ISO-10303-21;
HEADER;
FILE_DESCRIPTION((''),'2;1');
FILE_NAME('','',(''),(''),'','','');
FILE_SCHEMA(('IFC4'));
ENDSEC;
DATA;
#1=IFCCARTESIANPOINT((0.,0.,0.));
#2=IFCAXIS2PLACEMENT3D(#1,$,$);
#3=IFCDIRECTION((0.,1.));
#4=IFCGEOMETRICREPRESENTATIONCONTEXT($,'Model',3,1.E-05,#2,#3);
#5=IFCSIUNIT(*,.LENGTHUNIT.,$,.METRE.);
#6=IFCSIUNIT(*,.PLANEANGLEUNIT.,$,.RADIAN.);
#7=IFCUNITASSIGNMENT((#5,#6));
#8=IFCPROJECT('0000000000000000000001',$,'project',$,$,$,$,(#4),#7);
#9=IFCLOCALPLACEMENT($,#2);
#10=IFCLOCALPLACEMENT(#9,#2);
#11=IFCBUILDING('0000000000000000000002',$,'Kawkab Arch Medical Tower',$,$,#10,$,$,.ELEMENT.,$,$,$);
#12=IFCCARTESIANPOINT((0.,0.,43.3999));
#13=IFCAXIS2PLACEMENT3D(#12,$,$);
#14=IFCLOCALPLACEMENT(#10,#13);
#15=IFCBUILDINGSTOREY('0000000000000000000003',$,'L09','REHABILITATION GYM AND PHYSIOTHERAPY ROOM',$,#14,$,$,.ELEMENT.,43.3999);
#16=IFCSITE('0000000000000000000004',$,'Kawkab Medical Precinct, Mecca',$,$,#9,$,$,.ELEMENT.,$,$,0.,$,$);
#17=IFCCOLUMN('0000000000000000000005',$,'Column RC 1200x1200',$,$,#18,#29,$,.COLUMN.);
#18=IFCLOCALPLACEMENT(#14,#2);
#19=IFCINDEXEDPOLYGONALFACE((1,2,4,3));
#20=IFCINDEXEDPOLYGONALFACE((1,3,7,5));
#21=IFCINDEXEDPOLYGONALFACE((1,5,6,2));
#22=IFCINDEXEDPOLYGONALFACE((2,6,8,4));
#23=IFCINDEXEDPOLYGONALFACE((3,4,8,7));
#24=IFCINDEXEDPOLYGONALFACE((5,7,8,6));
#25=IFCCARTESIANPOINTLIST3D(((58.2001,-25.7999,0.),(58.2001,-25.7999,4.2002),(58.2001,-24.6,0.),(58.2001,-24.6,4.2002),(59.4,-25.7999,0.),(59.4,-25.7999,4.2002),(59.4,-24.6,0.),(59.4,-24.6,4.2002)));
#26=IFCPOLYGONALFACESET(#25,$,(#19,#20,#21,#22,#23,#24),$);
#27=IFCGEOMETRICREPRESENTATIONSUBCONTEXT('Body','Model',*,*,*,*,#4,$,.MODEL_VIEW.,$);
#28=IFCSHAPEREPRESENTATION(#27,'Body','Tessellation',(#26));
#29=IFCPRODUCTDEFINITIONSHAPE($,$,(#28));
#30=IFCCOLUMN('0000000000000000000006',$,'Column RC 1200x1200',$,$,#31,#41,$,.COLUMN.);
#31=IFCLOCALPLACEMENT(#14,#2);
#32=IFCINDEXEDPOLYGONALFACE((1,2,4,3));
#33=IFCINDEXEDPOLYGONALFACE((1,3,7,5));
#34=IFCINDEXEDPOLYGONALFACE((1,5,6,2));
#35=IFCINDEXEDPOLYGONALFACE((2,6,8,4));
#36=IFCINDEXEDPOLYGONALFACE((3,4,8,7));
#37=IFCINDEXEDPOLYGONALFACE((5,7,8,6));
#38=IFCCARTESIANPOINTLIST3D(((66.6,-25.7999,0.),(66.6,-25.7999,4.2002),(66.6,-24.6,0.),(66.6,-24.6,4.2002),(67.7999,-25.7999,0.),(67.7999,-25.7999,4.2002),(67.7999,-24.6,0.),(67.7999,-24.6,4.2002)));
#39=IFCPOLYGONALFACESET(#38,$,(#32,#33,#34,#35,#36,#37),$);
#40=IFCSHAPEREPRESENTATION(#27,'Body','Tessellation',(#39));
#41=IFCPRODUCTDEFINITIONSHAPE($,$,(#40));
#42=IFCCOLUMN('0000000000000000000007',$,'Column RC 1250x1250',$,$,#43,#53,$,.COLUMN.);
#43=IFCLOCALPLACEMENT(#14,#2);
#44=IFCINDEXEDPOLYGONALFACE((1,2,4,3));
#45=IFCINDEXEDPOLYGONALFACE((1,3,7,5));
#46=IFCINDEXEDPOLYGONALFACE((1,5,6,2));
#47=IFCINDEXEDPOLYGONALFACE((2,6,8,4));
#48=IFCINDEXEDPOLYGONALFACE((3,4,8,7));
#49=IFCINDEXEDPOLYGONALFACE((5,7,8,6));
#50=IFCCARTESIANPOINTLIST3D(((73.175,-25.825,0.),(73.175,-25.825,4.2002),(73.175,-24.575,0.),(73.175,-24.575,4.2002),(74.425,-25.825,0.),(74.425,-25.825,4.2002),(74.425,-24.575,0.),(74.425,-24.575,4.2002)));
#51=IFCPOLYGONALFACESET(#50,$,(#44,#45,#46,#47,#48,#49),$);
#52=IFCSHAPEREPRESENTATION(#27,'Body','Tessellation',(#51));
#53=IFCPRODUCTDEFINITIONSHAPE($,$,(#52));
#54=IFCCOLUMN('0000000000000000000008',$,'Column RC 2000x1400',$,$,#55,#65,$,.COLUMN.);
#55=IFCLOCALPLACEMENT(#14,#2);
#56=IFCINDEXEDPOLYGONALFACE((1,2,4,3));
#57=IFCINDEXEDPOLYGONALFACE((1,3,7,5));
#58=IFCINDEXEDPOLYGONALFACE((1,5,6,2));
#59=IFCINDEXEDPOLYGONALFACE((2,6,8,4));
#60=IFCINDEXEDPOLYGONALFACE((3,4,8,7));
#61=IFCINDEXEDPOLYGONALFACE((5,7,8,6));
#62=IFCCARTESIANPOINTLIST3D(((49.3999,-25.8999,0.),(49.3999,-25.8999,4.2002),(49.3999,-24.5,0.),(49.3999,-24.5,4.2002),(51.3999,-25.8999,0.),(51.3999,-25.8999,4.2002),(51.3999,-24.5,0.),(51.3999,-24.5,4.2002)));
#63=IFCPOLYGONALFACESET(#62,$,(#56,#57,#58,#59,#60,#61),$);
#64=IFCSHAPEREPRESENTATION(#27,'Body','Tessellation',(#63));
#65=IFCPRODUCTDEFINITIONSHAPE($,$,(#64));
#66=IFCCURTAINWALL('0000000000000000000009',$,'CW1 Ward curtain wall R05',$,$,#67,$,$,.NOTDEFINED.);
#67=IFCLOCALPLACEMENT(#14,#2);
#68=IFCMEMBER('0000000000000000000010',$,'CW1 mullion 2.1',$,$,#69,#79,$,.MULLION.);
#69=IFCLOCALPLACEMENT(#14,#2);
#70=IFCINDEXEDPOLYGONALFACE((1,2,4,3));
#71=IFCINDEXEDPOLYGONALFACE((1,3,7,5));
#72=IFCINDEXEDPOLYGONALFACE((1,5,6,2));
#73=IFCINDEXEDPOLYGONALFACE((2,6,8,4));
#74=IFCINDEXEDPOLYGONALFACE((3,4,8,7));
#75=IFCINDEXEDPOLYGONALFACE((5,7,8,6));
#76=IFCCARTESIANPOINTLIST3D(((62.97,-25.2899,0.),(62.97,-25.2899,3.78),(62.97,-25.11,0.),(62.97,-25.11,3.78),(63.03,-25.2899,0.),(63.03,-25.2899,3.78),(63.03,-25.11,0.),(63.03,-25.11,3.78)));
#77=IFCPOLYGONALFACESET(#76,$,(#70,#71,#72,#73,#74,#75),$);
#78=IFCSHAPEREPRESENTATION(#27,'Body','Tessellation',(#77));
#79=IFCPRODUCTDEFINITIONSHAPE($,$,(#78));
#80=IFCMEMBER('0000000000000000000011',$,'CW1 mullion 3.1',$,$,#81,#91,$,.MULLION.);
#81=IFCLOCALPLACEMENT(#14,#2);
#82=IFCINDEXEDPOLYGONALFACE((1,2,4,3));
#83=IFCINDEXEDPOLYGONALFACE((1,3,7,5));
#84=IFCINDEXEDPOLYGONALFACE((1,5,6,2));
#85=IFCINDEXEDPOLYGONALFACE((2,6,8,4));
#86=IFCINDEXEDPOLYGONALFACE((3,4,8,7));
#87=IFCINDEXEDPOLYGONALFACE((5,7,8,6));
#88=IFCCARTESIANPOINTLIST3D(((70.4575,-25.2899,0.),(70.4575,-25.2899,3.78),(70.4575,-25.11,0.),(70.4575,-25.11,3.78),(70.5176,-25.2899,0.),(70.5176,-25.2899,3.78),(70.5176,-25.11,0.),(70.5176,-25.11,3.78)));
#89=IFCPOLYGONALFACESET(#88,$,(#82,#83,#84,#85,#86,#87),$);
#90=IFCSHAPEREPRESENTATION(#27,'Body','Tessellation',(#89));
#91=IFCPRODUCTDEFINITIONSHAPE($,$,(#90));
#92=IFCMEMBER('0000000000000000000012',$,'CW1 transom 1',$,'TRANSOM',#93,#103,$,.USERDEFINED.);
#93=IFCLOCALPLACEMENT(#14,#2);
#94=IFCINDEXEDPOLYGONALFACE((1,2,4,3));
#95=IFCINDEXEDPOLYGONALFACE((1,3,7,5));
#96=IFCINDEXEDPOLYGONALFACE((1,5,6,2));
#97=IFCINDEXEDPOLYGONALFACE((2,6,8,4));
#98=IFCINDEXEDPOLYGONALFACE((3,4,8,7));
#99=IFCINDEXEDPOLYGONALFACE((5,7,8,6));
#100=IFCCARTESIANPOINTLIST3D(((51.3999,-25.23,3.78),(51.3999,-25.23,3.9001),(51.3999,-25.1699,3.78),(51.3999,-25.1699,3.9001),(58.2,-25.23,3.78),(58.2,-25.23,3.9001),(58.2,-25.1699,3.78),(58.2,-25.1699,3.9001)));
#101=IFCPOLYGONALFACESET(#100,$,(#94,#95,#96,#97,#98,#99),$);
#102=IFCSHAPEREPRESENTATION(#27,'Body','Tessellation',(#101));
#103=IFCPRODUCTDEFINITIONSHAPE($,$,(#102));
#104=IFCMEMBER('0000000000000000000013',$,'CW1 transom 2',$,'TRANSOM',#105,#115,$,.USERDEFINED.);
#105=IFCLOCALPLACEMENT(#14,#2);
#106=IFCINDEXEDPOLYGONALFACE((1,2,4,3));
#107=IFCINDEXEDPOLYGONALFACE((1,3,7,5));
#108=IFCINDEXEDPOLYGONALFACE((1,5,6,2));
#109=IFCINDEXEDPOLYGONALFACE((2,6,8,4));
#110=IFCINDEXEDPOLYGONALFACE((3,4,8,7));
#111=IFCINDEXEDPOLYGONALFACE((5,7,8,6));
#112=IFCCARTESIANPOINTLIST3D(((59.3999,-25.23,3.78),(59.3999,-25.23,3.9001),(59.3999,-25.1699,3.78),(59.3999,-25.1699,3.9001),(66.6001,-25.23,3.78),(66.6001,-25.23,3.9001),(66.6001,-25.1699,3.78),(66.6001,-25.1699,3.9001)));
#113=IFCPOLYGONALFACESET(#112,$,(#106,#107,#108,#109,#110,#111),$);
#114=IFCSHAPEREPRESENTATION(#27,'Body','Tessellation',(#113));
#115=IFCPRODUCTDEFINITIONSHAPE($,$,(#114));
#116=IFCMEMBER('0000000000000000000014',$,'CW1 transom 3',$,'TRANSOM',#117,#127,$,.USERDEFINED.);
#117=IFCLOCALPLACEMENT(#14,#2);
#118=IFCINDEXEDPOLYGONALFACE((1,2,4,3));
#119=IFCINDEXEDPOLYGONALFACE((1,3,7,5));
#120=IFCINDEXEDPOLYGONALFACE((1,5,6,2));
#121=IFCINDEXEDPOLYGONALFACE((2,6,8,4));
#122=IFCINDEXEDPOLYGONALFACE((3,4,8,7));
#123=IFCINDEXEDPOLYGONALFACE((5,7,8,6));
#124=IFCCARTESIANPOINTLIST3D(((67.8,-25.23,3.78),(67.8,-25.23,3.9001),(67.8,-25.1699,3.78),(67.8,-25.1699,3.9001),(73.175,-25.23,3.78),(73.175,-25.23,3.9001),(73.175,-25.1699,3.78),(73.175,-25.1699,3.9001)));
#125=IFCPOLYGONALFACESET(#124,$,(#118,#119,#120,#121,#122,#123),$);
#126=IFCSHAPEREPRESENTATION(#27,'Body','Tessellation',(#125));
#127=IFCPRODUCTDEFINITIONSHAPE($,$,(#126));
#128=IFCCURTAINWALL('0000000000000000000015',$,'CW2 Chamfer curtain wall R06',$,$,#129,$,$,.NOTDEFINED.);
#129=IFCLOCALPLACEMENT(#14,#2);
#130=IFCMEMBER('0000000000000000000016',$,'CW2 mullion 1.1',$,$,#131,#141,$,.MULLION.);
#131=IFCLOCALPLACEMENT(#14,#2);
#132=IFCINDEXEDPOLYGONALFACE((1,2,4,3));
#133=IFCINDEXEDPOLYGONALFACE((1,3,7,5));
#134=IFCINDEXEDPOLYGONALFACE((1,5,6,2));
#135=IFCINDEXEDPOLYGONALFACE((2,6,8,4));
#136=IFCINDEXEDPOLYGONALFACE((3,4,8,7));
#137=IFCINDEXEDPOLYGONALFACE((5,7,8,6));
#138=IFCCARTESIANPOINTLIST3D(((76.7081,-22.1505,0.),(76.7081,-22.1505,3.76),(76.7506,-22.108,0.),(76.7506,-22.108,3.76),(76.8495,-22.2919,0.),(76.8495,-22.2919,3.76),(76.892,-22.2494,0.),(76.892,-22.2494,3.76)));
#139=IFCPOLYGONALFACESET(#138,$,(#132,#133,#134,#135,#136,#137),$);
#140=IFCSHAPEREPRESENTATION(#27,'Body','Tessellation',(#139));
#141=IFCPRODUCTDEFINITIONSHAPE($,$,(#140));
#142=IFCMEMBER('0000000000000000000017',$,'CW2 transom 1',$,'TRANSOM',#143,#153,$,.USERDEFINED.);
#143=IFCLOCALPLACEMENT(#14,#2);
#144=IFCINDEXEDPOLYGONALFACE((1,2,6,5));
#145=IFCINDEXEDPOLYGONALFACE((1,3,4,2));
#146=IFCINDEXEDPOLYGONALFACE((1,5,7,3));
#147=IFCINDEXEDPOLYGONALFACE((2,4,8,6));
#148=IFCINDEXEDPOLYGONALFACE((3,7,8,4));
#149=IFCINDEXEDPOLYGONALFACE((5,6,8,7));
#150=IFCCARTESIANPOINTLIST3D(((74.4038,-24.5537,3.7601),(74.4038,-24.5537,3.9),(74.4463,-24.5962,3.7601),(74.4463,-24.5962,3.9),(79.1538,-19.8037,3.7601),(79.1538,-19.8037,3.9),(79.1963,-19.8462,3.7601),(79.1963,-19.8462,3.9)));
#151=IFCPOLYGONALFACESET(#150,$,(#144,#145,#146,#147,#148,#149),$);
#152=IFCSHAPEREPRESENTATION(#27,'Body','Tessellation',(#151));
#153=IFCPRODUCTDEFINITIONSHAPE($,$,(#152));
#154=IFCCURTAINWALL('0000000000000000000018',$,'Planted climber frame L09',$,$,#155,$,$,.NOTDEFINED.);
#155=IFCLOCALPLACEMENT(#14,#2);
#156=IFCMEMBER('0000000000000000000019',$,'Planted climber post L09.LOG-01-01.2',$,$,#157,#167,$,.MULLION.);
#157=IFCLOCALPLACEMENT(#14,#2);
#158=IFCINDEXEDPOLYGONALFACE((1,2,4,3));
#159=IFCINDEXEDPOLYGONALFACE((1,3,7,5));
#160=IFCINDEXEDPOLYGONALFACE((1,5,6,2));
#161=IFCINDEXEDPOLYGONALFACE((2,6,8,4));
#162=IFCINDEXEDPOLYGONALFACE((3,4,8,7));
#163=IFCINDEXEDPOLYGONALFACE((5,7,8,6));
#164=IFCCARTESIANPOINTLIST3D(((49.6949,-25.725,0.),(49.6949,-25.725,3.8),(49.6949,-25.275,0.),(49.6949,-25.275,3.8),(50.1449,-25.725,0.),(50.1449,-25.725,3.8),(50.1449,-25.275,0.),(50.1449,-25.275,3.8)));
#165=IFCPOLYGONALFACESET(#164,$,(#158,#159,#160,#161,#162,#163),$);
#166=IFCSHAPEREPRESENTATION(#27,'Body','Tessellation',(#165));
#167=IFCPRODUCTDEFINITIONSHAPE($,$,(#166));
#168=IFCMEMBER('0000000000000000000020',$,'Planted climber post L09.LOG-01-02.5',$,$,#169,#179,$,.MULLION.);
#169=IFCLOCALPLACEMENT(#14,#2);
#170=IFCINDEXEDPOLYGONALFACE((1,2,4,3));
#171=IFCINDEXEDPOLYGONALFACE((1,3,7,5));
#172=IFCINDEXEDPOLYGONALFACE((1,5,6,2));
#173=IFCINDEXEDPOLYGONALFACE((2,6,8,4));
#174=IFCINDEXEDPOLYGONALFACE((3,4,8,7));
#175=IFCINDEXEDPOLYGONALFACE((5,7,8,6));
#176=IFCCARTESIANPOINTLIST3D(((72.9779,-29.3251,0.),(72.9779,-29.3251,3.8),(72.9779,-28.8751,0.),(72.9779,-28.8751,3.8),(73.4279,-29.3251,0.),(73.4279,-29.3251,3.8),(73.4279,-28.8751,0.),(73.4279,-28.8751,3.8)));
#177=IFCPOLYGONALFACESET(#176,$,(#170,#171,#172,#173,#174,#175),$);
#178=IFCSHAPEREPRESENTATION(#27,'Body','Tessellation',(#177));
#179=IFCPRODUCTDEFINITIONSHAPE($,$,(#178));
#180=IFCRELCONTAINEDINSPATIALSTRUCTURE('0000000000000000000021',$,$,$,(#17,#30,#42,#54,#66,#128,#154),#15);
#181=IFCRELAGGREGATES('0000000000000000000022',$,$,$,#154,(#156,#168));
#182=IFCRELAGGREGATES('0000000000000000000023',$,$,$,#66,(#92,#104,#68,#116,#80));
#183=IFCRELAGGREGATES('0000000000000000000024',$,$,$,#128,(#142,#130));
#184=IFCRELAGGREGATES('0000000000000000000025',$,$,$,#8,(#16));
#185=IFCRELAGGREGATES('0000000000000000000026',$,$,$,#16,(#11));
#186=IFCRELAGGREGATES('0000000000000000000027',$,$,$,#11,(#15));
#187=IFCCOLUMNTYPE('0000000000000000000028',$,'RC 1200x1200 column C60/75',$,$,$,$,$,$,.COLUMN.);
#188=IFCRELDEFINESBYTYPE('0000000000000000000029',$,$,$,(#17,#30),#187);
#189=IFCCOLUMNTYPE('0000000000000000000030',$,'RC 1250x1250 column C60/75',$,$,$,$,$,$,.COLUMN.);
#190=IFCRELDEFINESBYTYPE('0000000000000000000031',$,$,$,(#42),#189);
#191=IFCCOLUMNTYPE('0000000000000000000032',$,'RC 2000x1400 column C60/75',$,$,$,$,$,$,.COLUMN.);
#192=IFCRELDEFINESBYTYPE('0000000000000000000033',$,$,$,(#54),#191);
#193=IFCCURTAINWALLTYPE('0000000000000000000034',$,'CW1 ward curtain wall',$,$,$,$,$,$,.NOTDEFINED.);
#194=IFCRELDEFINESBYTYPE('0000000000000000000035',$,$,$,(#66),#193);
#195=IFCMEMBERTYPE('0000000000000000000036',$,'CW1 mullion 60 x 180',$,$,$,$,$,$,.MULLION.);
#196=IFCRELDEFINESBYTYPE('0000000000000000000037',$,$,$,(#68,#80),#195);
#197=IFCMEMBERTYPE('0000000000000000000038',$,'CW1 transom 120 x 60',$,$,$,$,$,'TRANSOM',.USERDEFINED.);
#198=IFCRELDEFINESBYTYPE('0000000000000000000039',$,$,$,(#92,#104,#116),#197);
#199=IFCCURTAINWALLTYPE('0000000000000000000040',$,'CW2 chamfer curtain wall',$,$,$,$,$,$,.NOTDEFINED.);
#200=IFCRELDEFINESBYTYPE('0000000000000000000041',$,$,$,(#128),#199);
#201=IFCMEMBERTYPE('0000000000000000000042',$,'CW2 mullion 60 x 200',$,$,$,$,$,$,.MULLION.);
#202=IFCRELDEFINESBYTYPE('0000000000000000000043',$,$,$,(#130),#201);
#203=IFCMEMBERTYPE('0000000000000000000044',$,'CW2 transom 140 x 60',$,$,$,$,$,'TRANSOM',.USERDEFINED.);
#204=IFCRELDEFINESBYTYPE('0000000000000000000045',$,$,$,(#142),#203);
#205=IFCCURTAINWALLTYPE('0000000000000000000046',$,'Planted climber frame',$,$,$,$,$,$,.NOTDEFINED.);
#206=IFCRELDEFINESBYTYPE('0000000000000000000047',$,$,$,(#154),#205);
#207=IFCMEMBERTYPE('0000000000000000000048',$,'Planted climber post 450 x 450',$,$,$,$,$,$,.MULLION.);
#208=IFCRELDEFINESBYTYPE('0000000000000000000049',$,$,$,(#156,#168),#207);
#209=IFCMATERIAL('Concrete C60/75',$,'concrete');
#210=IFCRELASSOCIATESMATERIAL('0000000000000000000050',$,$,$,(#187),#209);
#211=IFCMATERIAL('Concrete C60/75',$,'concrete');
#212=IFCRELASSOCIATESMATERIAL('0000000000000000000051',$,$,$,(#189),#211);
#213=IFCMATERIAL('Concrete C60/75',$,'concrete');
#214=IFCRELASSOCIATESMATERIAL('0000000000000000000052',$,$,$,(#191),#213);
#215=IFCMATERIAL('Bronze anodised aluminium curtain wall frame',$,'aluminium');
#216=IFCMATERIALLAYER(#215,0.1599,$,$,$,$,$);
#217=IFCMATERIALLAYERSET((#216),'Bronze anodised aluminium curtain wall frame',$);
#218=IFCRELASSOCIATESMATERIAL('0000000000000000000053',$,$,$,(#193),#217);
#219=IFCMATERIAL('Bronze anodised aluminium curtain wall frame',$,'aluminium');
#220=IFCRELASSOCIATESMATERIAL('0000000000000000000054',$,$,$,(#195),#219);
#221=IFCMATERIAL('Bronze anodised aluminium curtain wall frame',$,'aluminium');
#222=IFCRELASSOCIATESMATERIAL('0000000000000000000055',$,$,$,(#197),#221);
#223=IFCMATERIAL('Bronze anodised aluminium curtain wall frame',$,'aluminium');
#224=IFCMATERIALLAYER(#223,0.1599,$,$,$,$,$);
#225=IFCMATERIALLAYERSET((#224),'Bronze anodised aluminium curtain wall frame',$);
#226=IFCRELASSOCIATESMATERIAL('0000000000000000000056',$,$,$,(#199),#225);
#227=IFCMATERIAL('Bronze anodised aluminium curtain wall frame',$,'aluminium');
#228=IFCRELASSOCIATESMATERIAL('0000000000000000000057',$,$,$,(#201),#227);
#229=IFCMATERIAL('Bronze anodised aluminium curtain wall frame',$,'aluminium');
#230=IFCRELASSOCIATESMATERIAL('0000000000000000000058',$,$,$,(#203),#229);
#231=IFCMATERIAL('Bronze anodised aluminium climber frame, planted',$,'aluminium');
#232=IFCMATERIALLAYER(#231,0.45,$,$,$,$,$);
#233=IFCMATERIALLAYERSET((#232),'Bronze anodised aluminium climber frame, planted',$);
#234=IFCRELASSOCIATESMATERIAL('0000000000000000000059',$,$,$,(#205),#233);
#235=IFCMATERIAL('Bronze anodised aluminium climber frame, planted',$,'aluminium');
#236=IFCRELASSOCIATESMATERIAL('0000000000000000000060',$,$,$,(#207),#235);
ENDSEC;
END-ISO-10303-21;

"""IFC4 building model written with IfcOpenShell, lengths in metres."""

from ifc_helpers import new_model, si_unit, direction, frame, origin, origin_2d, place, context, subcontext, project, spatial, rectangle, extrude, material, layer, layer_set, material_profile, profile_set, type_object, element, aggregate, save


model = new_model("IFC4")

# Units and contexts
model_context = context("Model", 3, precision=1e-05, world=origin(), true_north=direction((0.0, 1.0)))
body_context = subcontext(model_context, "Body", "Model", "MODEL_VIEW")
ifc_project = project(units=[si_unit("LENGTHUNIT", "METRE"), si_unit("PLANEANGLEUNIT", "RADIAN")], contexts=[model_context])

# Site, building, storey
site_placement = place(None, origin())
site = spatial("IfcSite", under=ifc_project, at=site_placement, Name="Kawkab Medical Precinct, Mecca", CompositionType="ELEMENT", RefElevation=0.0)
building_placement = place(site_placement, origin())
building = spatial("IfcBuilding", under=site, at=building_placement, Name="Kawkab Arch Medical Tower", CompositionType="ELEMENT")
storey_placement = place(building_placement, frame((0.0, 0.0, 43.3999)))
storey = spatial("IfcBuildingStorey", under=building, at=storey_placement, Name="L09", Description="REHABILITATION GYM AND PHYSIOTHERAPY ROOM", CompositionType="ELEMENT", Elevation=43.3999)

# Columns
ifc_material_1 = material(Name="Concrete C60/75", Category="concrete")
ifc_material_profile_1 = material_profile(ifc_material_1, rectangle(XDim=1.2, YDim=1.2, at=origin_2d()), Name="RC 1200x1200")
ifc_profile_set_1 = profile_set([ifc_material_profile_1], Name="Concrete C60/75")
column_type_1 = type_object("IfcColumnType", Name="RC 1200x1200 column C60/75", PredefinedType="COLUMN", material=ifc_profile_set_1)
for number, where, z_axis, x_axis, name in (
    (1, (58.8, -25.2, 0.0), (0.0, 0.0, 1.0), (1.0, 0.0, 0.0), "Column RC 1200x1200"),
    (2, (67.2, -25.2, 0.0), (0.0, 0.0, 1.0), (1.0, 0.0, 0.0), "Column RC 1200x1200"),
):
    element("IfcColumn", number, at=place(storey_placement, frame(where, z_axis=z_axis, x_axis=x_axis)), inside=storey, type_object=column_type_1, Name=name, PredefinedType="COLUMN", context=body_context, shape_type="SweptSolid", body=[
        extrude(rectangle(XDim=1.2, YDim=1.2, at=origin_2d()), origin(), (0.0, 0.0, 1.0), 4.2002),
    ])
ifc_material_2 = material(Name="Concrete C60/75", Category="concrete")
ifc_material_profile_2 = material_profile(ifc_material_2, rectangle(XDim=1.25, YDim=1.25, at=origin_2d()), Name="RC 1250x1250")
ifc_profile_set_2 = profile_set([ifc_material_profile_2], Name="Concrete C60/75")
column_type_2 = type_object("IfcColumnType", Name="RC 1250x1250 column C60/75", PredefinedType="COLUMN", material=ifc_profile_set_2)
column_1_placement = place(storey_placement, frame((73.8, -25.2, 0.0), z_axis=(0.0, 0.0, 1.0), x_axis=(1.0, 0.0, 0.0)))
element("IfcColumn", 3, at=column_1_placement, inside=storey, type_object=column_type_2, Name="Column RC 1250x1250", PredefinedType="COLUMN", context=body_context, shape_type="SweptSolid", body=[
    extrude(rectangle(XDim=1.25, YDim=1.25, at=origin_2d()), origin(), (0.0, 0.0, 1.0), 4.2002),
])
ifc_material_3 = material(Name="Concrete C60/75", Category="concrete")
ifc_material_profile_3 = material_profile(ifc_material_3, rectangle(XDim=2.0, YDim=1.3999, at=origin_2d()), Name="RC 2000x1400")
ifc_profile_set_3 = profile_set([ifc_material_profile_3], Name="Concrete C60/75")
column_type_3 = type_object("IfcColumnType", Name="RC 2000x1400 column C60/75", PredefinedType="COLUMN", material=ifc_profile_set_3)
column_2_placement = place(storey_placement, frame((50.3999, -25.2, 0.0), z_axis=(0.0, 0.0, 1.0), x_axis=(-1.0, 0.0, 0.0)))
element("IfcColumn", 4, at=column_2_placement, inside=storey, type_object=column_type_3, Name="Column RC 2000x1400", PredefinedType="COLUMN", context=body_context, shape_type="SweptSolid", body=[
    extrude(rectangle(XDim=2.0, YDim=1.3999, at=origin_2d()), origin(), (0.0, 0.0, 1.0), 4.2002),
])

# Curtain walls, members
ifc_material_4 = material(Name="Bronze anodised aluminium curtain wall frame", Category="aluminium")
ifc_layer_1 = layer(ifc_material_4, 0.1599)
ifc_layer_set_1 = layer_set([ifc_layer_1], Name="Bronze anodised aluminium curtain wall frame")
curtain_wall_type_1 = type_object("IfcCurtainWallType", Name="CW1 ward curtain wall", PredefinedType="NOTDEFINED", material=ifc_layer_set_1)
placement = place(storey_placement, origin())
curtain_wall_1 = element("IfcCurtainWall", 5, at=placement, inside=storey, type_object=curtain_wall_type_1, Name="CW1 Ward curtain wall R05", PredefinedType="NOTDEFINED")
ifc_material_5 = material(Name="Bronze anodised aluminium curtain wall frame", Category="aluminium")
ifc_material_profile_4 = material_profile(ifc_material_5, rectangle(XDim=0.1799, YDim=0.0601, at=origin_2d()), Name="AL 60x180")
ifc_profile_set_4 = profile_set([ifc_material_profile_4], Name="Bronze anodised aluminium curtain wall frame")
member_type_1 = type_object("IfcMemberType", Name="CW1 mullion 60 x 180", PredefinedType="MULLION", material=ifc_profile_set_4)
member_1_placement = place(storey_placement, frame((63.0, -25.2, 0.0), z_axis=(0.0, 0.0, 1.0), x_axis=(0.0, 1.0, 0.0)))
member_1 = element("IfcMember", 6, at=member_1_placement, type_object=member_type_1, Name="CW1 mullion 2.1", PredefinedType="MULLION", context=body_context, shape_type="SweptSolid", body=[
    extrude(rectangle(XDim=0.1799, YDim=0.0601, at=origin_2d()), origin(), (0.0, 0.0, 1.0), 3.78),
])
member_2_placement = place(storey_placement, frame((70.4875, -25.2, 0.0), z_axis=(0.0, 0.0, 1.0), x_axis=(0.0, 1.0, 0.0)))
member_2 = element("IfcMember", 7, at=member_2_placement, type_object=member_type_1, Name="CW1 mullion 3.1", PredefinedType="MULLION", context=body_context, shape_type="SweptSolid", body=[
    extrude(rectangle(XDim=0.1799, YDim=0.0601, at=origin_2d()), origin(), (0.0, 0.0, 1.0), 3.78),
])
ifc_material_6 = material(Name="Bronze anodised aluminium curtain wall frame", Category="aluminium")
ifc_material_profile_5 = material_profile(ifc_material_6, rectangle(XDim=0.0601, YDim=0.1201, at=origin_2d()), Name="AL 60x120")
ifc_profile_set_5 = profile_set([ifc_material_profile_5], Name="Bronze anodised aluminium curtain wall frame")
member_type_2 = type_object("IfcMemberType", Name="CW1 transom 120 x 60", ElementType="TRANSOM", PredefinedType="USERDEFINED", material=ifc_profile_set_5)
member_3_placement = place(storey_placement, frame((51.3999, -25.2, 3.8401), z_axis=(1.0, 0.0, 0.0), x_axis=(0.0, 1.0, 0.0)))
member_3 = element("IfcMember", 8, at=member_3_placement, type_object=member_type_2, Name="CW1 transom 1", ObjectType="TRANSOM", PredefinedType="USERDEFINED", context=body_context, shape_type="SweptSolid", body=[
    extrude(rectangle(XDim=0.0601, YDim=0.1201, at=origin_2d()), origin(), (0.0, 0.0, 1.0), 6.8),
])
member_4_placement = place(storey_placement, frame((59.3999, -25.2, 3.8401), z_axis=(1.0, 0.0, 0.0), x_axis=(0.0, 1.0, 0.0)))
member_4 = element("IfcMember", 9, at=member_4_placement, type_object=member_type_2, Name="CW1 transom 2", ObjectType="TRANSOM", PredefinedType="USERDEFINED", context=body_context, shape_type="SweptSolid", body=[
    extrude(rectangle(XDim=0.0601, YDim=0.1201, at=origin_2d()), origin(), (0.0, 0.0, 1.0), 7.2002),
])
member_5_placement = place(storey_placement, frame((67.8, -25.2, 3.8401), z_axis=(1.0, 0.0, 0.0), x_axis=(0.0, 1.0, 0.0)))
member_5 = element("IfcMember", 10, at=member_5_placement, type_object=member_type_2, Name="CW1 transom 3", ObjectType="TRANSOM", PredefinedType="USERDEFINED", context=body_context, shape_type="SweptSolid", body=[
    extrude(rectangle(XDim=0.0601, YDim=0.1201, at=origin_2d()), origin(), (0.0, 0.0, 1.0), 5.375),
])
ifc_material_7 = material(Name="Bronze anodised aluminium curtain wall frame", Category="aluminium")
ifc_layer_2 = layer(ifc_material_7, 0.1599)
ifc_layer_set_2 = layer_set([ifc_layer_2], Name="Bronze anodised aluminium curtain wall frame")
curtain_wall_type_2 = type_object("IfcCurtainWallType", Name="CW2 chamfer curtain wall", PredefinedType="NOTDEFINED", material=ifc_layer_set_2)
curtain_wall_2 = element("IfcCurtainWall", 11, at=placement, inside=storey, type_object=curtain_wall_type_2, Name="CW2 Chamfer curtain wall R06", PredefinedType="NOTDEFINED")
ifc_material_8 = material(Name="Bronze anodised aluminium curtain wall frame", Category="aluminium")
ifc_material_profile_6 = material_profile(ifc_material_8, rectangle(XDim=0.2, YDim=0.0601, at=origin_2d()), Name="AL 60x200")
ifc_profile_set_6 = profile_set([ifc_material_profile_6], Name="Bronze anodised aluminium curtain wall frame")
member_type_3 = type_object("IfcMemberType", Name="CW2 mullion 60 x 200", PredefinedType="MULLION", material=ifc_profile_set_6)
member_6_placement = place(storey_placement, frame((76.8, -22.2, 0.0), z_axis=(0.0, 0.0, 1.0), x_axis=(-0.707107, 0.707107, 0.0)))
member_6 = element("IfcMember", 12, at=member_6_placement, type_object=member_type_3, Name="CW2 mullion 1.1", PredefinedType="MULLION", context=body_context, shape_type="SweptSolid", body=[
    extrude(rectangle(XDim=0.2, YDim=0.0601, at=origin_2d()), origin(), (0.0, 0.0, 1.0), 3.76),
])
ifc_material_9 = material(Name="Bronze anodised aluminium curtain wall frame", Category="aluminium")
ifc_material_profile_7 = material_profile(ifc_material_9, rectangle(XDim=0.0601, YDim=0.1399, at=origin_2d()), Name="AL 60x140")
ifc_profile_set_7 = profile_set([ifc_material_profile_7], Name="Bronze anodised aluminium curtain wall frame")
member_type_4 = type_object("IfcMemberType", Name="CW2 transom 140 x 60", ElementType="TRANSOM", PredefinedType="USERDEFINED", material=ifc_profile_set_7)
member_7_placement = place(storey_placement, frame((74.425, -24.575, 3.8301), z_axis=(0.707107, 0.707107, 0.0), x_axis=(-0.707107, 0.707107, 0.0)))
member_7 = element("IfcMember", 13, at=member_7_placement, type_object=member_type_4, Name="CW2 transom 1", ObjectType="TRANSOM", PredefinedType="USERDEFINED", context=body_context, shape_type="SweptSolid", body=[
    extrude(rectangle(XDim=0.0601, YDim=0.1399, at=origin_2d()), origin(), (0.0, 0.0, 1.0), 6.7175),
])
ifc_material_10 = material(Name="Bronze anodised aluminium climber frame, planted", Category="aluminium")
ifc_layer_3 = layer(ifc_material_10, 0.45)
ifc_layer_set_3 = layer_set([ifc_layer_3], Name="Bronze anodised aluminium climber frame, planted")
curtain_wall_type_3 = type_object("IfcCurtainWallType", Name="Planted climber frame", PredefinedType="NOTDEFINED", material=ifc_layer_set_3)
curtain_wall_3 = element("IfcCurtainWall", 14, at=placement, inside=storey, type_object=curtain_wall_type_3, Name="Planted climber frame L09", PredefinedType="NOTDEFINED")
ifc_material_11 = material(Name="Bronze anodised aluminium climber frame, planted", Category="aluminium")
ifc_material_profile_8 = material_profile(ifc_material_11, rectangle(XDim=0.45, YDim=0.45, at=origin_2d()), Name="Post 450x450")
ifc_profile_set_8 = profile_set([ifc_material_profile_8], Name="Bronze anodised aluminium climber frame, planted")
member_type_5 = type_object("IfcMemberType", Name="Planted climber post 450 x 450", PredefinedType="MULLION", material=ifc_profile_set_8)
member_8_placement = place(storey_placement, frame((49.9199, -25.5, 0.0), z_axis=(0.0, 0.0, 1.0), x_axis=(1.0, 0.0, 0.0)))
member_8 = element("IfcMember", 15, at=member_8_placement, type_object=member_type_5, Name="Planted climber post L09.LOG-01-01.2", PredefinedType="MULLION", context=body_context, shape_type="SweptSolid", body=[
    extrude(rectangle(XDim=0.45, YDim=0.45, at=origin_2d()), origin(), (0.0, 0.0, 1.0), 3.8),
])
member_9_placement = place(storey_placement, frame((73.2029, -29.1001, 0.0), z_axis=(0.0, 0.0, 1.0), x_axis=(1.0, 0.0, 0.0)))
member_9 = element("IfcMember", 16, at=member_9_placement, type_object=member_type_5, Name="Planted climber post L09.LOG-01-02.5", PredefinedType="MULLION", context=body_context, shape_type="SweptSolid", body=[
    extrude(rectangle(XDim=0.45, YDim=0.45, at=origin_2d()), origin(), (0.0, 0.0, 1.0), 3.8),
])
aggregate(curtain_wall_3, [member_8, member_9])

aggregate(curtain_wall_1, [member_3, member_4, member_1, member_5, member_2])
aggregate(curtain_wall_2, [member_7, member_6])

save(model, "model.ifc")
